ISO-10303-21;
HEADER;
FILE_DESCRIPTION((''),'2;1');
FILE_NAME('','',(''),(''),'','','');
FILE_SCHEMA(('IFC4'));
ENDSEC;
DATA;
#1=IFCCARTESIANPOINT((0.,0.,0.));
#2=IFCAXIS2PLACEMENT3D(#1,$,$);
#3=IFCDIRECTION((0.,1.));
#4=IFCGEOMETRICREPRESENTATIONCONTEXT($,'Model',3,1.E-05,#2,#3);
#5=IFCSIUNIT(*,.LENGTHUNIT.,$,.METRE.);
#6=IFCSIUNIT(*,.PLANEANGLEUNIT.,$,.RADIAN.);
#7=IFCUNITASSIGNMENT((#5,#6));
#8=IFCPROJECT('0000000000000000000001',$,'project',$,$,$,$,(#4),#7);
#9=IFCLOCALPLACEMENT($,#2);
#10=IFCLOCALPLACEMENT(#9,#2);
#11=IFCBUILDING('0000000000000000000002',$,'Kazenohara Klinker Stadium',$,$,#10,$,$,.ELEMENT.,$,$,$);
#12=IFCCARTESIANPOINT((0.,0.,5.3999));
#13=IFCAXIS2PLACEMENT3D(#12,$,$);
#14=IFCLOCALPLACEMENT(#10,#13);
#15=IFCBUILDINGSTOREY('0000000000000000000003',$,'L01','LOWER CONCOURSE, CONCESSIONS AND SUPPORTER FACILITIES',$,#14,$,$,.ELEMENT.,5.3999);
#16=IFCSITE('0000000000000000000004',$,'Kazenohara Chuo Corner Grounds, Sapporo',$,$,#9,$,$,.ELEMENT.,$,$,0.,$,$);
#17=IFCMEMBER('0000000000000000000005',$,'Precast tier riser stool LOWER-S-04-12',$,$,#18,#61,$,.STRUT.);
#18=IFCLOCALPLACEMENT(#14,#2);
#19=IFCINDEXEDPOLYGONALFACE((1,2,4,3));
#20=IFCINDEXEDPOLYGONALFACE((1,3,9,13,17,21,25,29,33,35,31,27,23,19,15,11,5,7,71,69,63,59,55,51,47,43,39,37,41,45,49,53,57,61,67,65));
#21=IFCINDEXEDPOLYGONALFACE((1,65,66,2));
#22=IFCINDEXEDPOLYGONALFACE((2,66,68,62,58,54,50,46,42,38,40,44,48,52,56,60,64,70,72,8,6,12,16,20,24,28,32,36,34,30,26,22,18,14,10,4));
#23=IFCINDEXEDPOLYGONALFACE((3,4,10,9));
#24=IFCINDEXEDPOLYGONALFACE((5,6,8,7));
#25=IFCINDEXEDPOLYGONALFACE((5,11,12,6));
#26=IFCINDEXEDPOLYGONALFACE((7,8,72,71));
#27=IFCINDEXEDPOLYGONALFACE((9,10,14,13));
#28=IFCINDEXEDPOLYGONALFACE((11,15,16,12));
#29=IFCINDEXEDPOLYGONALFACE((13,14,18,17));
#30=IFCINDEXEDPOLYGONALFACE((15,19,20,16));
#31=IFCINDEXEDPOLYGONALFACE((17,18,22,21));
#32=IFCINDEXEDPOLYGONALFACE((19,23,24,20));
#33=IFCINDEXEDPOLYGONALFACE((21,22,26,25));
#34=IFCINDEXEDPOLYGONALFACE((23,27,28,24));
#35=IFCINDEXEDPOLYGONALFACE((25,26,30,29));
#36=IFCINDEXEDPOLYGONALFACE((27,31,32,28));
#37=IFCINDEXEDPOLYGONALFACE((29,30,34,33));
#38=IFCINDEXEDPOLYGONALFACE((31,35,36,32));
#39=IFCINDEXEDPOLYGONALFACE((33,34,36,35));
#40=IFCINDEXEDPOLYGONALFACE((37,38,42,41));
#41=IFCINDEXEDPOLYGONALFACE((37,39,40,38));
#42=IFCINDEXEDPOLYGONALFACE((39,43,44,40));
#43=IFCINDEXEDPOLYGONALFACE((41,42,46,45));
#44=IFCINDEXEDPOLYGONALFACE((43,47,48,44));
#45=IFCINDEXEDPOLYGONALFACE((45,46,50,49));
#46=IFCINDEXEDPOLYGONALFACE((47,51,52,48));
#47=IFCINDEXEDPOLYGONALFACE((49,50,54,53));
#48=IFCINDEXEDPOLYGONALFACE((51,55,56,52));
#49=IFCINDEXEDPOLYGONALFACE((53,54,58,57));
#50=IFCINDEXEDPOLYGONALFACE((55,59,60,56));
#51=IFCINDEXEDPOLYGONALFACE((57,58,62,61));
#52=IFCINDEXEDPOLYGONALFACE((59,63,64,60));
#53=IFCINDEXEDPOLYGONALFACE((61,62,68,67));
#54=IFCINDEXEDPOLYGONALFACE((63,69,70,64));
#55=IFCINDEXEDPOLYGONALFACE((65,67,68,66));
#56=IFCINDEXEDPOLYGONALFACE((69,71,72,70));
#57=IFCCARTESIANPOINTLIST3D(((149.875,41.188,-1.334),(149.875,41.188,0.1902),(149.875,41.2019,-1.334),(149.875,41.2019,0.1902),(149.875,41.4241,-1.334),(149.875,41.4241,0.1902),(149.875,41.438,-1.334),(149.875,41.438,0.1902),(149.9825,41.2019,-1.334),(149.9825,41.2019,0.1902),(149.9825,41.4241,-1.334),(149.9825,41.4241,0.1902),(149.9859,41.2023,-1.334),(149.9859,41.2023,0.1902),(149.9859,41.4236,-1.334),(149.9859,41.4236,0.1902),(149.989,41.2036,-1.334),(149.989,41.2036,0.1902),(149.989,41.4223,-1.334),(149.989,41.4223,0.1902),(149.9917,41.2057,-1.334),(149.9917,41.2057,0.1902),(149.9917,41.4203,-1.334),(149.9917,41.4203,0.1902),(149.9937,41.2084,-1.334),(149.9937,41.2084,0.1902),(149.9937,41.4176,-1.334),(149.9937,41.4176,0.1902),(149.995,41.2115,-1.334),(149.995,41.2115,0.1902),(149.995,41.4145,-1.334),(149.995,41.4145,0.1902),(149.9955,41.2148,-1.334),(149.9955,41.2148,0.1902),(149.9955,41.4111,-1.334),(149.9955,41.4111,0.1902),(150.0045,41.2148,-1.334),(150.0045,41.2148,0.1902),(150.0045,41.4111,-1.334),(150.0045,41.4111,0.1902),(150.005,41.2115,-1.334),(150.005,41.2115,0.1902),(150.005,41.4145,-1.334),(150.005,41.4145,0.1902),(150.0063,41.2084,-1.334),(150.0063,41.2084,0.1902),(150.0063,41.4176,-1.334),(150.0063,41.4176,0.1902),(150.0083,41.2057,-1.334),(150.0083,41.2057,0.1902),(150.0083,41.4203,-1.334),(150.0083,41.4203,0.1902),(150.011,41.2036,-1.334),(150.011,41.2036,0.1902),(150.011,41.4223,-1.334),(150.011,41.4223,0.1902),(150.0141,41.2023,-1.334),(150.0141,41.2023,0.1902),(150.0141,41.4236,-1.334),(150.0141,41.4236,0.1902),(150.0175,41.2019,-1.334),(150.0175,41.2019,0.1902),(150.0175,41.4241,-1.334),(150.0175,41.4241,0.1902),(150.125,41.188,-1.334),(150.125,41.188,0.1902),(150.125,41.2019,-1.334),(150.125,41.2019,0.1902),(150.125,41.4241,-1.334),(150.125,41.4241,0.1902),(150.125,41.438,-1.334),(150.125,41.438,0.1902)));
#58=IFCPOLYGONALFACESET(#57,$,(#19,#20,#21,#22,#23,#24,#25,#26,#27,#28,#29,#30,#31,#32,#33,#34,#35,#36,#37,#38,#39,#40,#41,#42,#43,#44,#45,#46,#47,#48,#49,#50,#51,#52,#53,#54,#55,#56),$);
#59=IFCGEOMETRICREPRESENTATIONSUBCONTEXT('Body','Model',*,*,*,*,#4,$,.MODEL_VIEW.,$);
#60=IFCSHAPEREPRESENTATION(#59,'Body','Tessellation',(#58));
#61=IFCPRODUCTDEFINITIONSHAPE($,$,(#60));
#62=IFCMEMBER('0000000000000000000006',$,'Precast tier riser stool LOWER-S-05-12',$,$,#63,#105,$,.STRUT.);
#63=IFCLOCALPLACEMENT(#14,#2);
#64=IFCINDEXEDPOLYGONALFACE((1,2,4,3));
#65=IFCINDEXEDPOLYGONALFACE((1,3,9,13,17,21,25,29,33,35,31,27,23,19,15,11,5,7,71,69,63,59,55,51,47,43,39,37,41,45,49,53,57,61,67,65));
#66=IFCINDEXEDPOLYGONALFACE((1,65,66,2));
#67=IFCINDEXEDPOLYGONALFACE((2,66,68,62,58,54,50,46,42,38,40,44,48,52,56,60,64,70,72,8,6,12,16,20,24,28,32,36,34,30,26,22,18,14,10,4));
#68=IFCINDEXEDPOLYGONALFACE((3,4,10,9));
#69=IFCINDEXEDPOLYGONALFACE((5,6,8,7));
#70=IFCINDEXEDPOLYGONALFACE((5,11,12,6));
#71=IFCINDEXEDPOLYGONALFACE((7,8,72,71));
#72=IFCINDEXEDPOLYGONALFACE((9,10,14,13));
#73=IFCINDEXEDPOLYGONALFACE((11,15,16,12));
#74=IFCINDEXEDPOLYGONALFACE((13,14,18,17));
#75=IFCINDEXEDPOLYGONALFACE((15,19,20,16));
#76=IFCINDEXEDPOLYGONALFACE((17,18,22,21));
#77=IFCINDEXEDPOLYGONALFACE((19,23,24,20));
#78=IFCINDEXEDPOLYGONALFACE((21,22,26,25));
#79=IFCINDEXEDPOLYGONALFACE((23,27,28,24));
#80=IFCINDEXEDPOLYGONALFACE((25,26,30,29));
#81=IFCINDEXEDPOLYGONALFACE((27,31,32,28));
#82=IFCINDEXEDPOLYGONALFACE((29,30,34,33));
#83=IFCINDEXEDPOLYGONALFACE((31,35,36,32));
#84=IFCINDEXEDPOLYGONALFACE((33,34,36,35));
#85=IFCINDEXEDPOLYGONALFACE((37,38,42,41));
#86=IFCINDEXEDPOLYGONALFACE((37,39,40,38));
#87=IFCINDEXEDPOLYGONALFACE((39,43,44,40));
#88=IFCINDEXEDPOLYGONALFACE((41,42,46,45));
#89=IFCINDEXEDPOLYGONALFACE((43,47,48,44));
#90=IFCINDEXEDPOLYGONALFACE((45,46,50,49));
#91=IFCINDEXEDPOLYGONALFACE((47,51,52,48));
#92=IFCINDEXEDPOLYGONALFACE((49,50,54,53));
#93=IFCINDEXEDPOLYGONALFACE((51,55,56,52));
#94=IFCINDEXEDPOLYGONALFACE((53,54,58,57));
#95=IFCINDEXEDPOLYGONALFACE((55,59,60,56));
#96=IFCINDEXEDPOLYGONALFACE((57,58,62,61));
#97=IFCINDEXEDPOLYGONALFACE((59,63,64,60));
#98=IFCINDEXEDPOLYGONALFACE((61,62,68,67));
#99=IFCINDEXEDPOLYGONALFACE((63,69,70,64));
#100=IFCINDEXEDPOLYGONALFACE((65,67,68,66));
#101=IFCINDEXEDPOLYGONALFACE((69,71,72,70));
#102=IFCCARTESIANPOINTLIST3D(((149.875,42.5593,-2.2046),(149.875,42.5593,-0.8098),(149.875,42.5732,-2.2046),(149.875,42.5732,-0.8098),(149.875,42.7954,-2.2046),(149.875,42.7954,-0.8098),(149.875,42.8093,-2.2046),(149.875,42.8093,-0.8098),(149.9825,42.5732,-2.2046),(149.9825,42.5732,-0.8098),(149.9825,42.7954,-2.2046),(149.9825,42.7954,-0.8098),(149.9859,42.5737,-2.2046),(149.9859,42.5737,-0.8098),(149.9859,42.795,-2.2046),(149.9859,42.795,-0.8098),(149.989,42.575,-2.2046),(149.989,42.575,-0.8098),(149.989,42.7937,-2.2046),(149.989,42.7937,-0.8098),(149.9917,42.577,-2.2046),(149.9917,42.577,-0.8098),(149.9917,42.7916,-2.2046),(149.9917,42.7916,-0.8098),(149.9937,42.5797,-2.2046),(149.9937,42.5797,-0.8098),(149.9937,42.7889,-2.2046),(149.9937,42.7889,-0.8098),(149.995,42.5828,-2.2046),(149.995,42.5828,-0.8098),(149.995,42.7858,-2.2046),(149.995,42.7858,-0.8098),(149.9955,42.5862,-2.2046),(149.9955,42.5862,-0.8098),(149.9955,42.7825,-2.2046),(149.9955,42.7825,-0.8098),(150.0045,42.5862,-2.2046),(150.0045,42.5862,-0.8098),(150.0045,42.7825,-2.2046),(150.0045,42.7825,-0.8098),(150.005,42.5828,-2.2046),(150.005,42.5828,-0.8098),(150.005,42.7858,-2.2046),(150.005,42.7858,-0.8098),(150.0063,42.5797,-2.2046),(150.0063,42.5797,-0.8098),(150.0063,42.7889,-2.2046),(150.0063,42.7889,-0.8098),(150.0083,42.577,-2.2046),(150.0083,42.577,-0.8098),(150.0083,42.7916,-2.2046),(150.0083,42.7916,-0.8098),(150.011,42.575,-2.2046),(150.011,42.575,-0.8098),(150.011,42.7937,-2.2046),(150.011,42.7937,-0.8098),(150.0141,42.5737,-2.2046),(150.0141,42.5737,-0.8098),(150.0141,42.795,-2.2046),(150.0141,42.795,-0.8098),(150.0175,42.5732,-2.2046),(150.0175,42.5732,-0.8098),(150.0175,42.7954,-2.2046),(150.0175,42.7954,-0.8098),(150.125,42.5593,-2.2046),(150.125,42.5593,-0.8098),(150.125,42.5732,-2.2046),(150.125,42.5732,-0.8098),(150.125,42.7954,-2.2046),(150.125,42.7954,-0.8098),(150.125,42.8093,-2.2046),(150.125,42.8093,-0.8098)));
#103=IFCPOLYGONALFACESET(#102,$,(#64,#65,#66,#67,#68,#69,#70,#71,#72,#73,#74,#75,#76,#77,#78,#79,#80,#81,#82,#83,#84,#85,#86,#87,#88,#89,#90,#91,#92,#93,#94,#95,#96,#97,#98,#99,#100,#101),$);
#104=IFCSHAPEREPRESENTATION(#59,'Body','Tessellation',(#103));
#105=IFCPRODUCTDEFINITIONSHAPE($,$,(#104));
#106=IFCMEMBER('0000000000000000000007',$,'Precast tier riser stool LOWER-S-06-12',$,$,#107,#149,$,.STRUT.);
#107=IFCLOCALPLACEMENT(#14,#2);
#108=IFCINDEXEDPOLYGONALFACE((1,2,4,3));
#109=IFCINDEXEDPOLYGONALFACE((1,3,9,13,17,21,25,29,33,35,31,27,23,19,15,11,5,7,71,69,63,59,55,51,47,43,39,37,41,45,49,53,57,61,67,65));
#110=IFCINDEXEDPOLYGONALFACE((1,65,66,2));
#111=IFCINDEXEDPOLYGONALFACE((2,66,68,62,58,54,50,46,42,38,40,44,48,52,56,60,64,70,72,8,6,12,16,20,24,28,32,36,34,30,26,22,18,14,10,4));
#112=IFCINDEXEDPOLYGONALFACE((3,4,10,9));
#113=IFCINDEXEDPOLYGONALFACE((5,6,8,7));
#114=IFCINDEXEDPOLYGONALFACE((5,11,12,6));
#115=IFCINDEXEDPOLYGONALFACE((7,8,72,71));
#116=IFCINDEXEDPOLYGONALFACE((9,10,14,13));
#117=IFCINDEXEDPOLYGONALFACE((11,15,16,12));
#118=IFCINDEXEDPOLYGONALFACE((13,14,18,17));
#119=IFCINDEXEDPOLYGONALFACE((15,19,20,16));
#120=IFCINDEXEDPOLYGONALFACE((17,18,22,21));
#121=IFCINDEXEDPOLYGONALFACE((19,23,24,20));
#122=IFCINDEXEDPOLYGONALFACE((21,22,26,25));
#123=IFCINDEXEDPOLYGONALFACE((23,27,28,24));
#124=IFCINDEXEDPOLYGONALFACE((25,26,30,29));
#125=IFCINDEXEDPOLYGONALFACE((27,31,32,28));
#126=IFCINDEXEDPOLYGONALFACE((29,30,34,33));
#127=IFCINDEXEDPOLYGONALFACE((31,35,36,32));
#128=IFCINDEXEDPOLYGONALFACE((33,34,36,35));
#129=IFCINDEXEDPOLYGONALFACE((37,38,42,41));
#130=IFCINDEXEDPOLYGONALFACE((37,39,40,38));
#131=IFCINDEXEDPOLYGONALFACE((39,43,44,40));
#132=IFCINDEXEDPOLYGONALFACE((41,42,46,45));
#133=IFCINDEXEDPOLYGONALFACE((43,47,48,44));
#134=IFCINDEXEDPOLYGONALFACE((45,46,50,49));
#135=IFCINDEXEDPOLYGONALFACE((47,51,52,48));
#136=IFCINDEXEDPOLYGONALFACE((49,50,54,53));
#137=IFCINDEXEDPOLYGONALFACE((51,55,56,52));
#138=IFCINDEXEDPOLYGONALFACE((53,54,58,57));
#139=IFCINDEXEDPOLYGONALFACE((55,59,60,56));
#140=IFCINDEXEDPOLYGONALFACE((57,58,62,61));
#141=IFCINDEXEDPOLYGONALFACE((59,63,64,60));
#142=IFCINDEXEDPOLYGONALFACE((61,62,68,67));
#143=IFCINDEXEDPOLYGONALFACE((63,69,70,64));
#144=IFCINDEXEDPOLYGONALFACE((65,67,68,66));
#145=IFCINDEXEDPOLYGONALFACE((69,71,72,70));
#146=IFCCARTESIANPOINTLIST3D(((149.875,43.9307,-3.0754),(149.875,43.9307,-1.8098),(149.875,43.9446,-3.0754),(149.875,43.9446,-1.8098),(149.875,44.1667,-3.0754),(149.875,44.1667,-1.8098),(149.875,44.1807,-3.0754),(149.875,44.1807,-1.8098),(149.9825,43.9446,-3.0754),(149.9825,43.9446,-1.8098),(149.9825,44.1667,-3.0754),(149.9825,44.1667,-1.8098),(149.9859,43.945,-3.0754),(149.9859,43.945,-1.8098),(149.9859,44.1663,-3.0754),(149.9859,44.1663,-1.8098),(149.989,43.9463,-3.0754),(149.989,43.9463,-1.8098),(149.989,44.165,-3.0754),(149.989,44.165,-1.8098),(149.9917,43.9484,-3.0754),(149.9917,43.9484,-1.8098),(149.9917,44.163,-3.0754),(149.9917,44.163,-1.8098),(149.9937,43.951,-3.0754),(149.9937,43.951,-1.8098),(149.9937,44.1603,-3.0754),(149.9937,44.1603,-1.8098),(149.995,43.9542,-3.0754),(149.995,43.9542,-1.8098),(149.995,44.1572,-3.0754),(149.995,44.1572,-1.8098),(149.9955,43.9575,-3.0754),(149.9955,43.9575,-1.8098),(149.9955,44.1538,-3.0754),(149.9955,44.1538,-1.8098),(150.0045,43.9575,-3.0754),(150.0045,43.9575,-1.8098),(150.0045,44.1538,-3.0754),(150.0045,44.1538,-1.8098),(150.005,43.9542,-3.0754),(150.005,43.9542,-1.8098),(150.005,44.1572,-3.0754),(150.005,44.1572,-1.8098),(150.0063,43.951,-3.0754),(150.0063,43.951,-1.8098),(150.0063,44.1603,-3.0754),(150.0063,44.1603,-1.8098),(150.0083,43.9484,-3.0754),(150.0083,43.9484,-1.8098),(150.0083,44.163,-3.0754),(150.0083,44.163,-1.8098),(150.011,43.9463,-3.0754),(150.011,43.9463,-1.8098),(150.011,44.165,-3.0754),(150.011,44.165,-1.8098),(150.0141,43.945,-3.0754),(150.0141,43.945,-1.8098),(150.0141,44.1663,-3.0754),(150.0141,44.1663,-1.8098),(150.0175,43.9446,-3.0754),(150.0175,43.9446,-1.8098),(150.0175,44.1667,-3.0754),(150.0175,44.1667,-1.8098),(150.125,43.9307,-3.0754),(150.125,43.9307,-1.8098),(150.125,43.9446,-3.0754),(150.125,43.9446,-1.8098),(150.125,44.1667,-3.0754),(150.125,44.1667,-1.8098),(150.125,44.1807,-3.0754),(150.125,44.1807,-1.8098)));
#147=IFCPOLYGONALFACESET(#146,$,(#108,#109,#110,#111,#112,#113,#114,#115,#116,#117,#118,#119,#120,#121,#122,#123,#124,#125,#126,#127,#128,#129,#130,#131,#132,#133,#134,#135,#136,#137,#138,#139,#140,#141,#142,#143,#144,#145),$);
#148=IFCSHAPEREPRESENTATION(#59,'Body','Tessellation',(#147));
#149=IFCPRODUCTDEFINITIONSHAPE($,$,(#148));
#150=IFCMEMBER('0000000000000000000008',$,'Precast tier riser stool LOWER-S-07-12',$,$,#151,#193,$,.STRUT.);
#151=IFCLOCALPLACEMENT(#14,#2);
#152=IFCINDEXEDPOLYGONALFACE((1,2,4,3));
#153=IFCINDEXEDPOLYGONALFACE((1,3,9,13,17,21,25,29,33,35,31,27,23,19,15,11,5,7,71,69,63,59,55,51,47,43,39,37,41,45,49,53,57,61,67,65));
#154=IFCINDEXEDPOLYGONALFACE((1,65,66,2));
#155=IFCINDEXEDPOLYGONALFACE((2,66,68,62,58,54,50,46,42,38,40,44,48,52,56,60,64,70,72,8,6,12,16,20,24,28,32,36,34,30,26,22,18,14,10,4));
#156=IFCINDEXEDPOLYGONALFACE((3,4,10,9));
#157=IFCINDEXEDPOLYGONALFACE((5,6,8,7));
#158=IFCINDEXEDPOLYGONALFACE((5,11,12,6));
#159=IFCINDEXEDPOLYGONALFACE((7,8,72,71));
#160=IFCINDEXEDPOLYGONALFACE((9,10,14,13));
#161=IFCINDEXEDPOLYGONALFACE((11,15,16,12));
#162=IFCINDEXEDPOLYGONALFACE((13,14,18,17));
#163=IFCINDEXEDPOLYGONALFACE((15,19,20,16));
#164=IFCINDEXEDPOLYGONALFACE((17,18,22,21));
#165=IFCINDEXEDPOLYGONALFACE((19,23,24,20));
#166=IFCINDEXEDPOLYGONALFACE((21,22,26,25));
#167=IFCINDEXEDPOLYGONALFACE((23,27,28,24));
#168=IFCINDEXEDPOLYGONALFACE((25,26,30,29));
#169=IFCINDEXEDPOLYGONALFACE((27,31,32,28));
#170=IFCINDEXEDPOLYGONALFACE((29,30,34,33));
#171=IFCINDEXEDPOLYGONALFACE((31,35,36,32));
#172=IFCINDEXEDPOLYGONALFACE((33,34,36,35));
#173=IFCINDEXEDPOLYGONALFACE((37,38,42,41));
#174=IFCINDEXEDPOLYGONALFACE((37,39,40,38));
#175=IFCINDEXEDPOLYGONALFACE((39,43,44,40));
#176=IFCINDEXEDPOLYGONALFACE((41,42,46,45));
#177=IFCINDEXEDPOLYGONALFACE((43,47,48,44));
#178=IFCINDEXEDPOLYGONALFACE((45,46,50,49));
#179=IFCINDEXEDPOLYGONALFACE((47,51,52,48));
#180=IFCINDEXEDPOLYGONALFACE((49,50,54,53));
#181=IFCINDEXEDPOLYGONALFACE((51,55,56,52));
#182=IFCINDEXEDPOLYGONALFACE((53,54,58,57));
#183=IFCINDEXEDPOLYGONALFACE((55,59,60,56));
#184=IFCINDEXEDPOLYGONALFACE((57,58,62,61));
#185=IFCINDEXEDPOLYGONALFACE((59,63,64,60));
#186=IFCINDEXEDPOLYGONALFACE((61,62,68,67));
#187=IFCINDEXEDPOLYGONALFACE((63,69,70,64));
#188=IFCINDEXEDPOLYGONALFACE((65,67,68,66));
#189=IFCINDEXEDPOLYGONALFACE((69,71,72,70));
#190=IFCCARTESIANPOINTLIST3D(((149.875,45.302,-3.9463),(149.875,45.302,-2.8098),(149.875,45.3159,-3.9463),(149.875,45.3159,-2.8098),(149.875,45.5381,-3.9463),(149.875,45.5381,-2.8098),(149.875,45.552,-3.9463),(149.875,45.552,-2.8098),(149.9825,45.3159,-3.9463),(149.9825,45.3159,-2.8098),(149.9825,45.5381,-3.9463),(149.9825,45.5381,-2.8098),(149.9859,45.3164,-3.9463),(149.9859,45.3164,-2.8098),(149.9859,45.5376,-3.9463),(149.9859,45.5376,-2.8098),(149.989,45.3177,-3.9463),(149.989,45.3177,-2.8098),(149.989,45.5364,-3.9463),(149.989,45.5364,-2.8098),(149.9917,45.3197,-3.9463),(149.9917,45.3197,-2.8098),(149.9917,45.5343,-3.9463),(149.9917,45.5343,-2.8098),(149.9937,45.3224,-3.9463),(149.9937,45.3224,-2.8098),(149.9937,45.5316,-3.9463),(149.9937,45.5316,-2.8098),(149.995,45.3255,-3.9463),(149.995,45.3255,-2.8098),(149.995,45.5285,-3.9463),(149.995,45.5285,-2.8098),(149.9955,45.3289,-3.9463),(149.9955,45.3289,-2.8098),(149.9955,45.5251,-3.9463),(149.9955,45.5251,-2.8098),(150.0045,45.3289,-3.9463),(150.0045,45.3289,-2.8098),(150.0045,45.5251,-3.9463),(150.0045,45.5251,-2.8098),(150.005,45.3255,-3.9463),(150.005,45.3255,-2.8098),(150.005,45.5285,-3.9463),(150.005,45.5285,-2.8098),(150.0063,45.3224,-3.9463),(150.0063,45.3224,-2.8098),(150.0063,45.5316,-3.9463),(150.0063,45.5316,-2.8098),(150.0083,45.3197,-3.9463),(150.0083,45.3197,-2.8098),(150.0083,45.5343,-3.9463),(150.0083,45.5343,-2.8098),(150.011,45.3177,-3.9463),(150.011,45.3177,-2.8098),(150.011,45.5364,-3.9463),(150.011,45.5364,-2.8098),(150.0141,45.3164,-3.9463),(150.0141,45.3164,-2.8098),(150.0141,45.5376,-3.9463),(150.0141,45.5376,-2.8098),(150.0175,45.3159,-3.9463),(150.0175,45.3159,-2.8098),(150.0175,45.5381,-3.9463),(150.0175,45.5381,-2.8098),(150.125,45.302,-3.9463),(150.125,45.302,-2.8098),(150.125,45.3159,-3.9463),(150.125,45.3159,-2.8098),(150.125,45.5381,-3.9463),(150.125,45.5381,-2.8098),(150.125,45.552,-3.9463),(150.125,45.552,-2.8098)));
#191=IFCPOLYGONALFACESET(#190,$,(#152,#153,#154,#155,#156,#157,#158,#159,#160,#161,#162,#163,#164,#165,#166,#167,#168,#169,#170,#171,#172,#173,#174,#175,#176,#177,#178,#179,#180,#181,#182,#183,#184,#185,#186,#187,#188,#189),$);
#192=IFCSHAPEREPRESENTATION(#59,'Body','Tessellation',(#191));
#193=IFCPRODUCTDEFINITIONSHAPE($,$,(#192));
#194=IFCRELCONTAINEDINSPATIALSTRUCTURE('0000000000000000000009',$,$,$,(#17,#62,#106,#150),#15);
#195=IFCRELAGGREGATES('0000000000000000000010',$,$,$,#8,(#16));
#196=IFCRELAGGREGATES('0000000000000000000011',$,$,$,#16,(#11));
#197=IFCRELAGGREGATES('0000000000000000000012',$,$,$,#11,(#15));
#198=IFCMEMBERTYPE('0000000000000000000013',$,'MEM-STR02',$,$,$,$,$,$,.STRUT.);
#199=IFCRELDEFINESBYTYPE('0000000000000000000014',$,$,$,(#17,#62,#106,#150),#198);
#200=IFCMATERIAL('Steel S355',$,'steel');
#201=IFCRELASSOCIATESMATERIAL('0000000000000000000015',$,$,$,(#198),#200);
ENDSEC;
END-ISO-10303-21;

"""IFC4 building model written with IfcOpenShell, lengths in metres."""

from ifc_helpers import new_model, si_unit, direction, frame, origin, origin_2d, place, context, subcontext, project, spatial, i_section, extrude, material, material_profile, profile_set, type_object, element, save


model = new_model("IFC4")

# Units and contexts
model_context = context("Model", 3, precision=1e-05, world=origin(), true_north=direction((0.0, 1.0)))
body_context = subcontext(model_context, "Body", "Model", "MODEL_VIEW")
ifc_project = project(units=[si_unit("LENGTHUNIT", "METRE"), si_unit("PLANEANGLEUNIT", "RADIAN")], contexts=[model_context])

# Site, building, storey
site_placement = place(None, origin())
site = spatial("IfcSite", under=ifc_project, at=site_placement, Name="Kazenohara Chuo Corner Grounds, Sapporo", CompositionType="ELEMENT", RefElevation=0.0)
building_placement = place(site_placement, origin())
building = spatial("IfcBuilding", under=site, at=building_placement, Name="Kazenohara Klinker Stadium", CompositionType="ELEMENT")
storey_placement = place(building_placement, frame((0.0, 0.0, 5.3999)))
storey = spatial("IfcBuildingStorey", under=building, at=storey_placement, Name="L01", Description="LOWER CONCOURSE, CONCESSIONS AND SUPPORTER FACILITIES", CompositionType="ELEMENT", Elevation=5.3999)

# Shared definitions
ifc_material_1 = material(Name="Steel S355", Category="steel")

# Members
ifc_material_profile_1 = material_profile(ifc_material_1, i_section(OverallWidth=0.25, OverallDepth=0.25, WebThickness=0.009, FlangeThickness=0.0139, FilletRadius=0.0129, at=origin_2d()), Name="H-250x250x9x14")
ifc_profile_set_1 = profile_set([ifc_material_profile_1], Name="Steel S355")
member_type = type_object("IfcMemberType", Name="MEM-STR02", PredefinedType="STRUT", material=ifc_profile_set_1)
member_1_placement = place(storey_placement, frame((150.0, 41.313, -1.334), z_axis=(0.0, 0.0, 1.0), x_axis=(1.0, 0.0, 0.0)))
element("IfcMember", 1, at=member_1_placement, inside=storey, type_object=member_type, Name="Precast tier riser stool LOWER-S-04-12", PredefinedType="STRUT", context=body_context, shape_type="SweptSolid", body=[
    extrude(i_section(OverallWidth=0.25, OverallDepth=0.25, WebThickness=0.009, FlangeThickness=0.0139, FilletRadius=0.0129, at=origin_2d()), origin(), (0.0, 0.0, 1.0), 1.5242),
])
member_2_placement = place(storey_placement, frame((150.0, 42.6843, -2.2046), z_axis=(0.0, 0.0, 1.0), x_axis=(1.0, 0.0, 0.0)))
element("IfcMember", 2, at=member_2_placement, inside=storey, type_object=member_type, Name="Precast tier riser stool LOWER-S-05-12", PredefinedType="STRUT", context=body_context, shape_type="SweptSolid", body=[
    extrude(i_section(OverallWidth=0.25, OverallDepth=0.25, WebThickness=0.009, FlangeThickness=0.0139, FilletRadius=0.0129, at=origin_2d()), origin(), (0.0, 0.0, 1.0), 1.3948),
])
member_3_placement = place(storey_placement, frame((150.0, 44.0557, -3.0754), z_axis=(0.0, 0.0, 1.0), x_axis=(1.0, 0.0, 0.0)))
element("IfcMember", 3, at=member_3_placement, inside=storey, type_object=member_type, Name="Precast tier riser stool LOWER-S-06-12", PredefinedType="STRUT", context=body_context, shape_type="SweptSolid", body=[
    extrude(i_section(OverallWidth=0.25, OverallDepth=0.25, WebThickness=0.009, FlangeThickness=0.0139, FilletRadius=0.0129, at=origin_2d()), origin(), (0.0, 0.0, 1.0), 1.2656),
])
member_4_placement = place(storey_placement, frame((150.0, 45.427, -3.9463), z_axis=(0.0, 0.0, 1.0), x_axis=(1.0, 0.0, 0.0)))
element("IfcMember", 4, at=member_4_placement, inside=storey, type_object=member_type, Name="Precast tier riser stool LOWER-S-07-12", PredefinedType="STRUT", context=body_context, shape_type="SweptSolid", body=[
    extrude(i_section(OverallWidth=0.25, OverallDepth=0.25, WebThickness=0.009, FlangeThickness=0.0139, FilletRadius=0.0129, at=origin_2d()), origin(), (0.0, 0.0, 1.0), 1.1365),
])

save(model, "model.ifc")
